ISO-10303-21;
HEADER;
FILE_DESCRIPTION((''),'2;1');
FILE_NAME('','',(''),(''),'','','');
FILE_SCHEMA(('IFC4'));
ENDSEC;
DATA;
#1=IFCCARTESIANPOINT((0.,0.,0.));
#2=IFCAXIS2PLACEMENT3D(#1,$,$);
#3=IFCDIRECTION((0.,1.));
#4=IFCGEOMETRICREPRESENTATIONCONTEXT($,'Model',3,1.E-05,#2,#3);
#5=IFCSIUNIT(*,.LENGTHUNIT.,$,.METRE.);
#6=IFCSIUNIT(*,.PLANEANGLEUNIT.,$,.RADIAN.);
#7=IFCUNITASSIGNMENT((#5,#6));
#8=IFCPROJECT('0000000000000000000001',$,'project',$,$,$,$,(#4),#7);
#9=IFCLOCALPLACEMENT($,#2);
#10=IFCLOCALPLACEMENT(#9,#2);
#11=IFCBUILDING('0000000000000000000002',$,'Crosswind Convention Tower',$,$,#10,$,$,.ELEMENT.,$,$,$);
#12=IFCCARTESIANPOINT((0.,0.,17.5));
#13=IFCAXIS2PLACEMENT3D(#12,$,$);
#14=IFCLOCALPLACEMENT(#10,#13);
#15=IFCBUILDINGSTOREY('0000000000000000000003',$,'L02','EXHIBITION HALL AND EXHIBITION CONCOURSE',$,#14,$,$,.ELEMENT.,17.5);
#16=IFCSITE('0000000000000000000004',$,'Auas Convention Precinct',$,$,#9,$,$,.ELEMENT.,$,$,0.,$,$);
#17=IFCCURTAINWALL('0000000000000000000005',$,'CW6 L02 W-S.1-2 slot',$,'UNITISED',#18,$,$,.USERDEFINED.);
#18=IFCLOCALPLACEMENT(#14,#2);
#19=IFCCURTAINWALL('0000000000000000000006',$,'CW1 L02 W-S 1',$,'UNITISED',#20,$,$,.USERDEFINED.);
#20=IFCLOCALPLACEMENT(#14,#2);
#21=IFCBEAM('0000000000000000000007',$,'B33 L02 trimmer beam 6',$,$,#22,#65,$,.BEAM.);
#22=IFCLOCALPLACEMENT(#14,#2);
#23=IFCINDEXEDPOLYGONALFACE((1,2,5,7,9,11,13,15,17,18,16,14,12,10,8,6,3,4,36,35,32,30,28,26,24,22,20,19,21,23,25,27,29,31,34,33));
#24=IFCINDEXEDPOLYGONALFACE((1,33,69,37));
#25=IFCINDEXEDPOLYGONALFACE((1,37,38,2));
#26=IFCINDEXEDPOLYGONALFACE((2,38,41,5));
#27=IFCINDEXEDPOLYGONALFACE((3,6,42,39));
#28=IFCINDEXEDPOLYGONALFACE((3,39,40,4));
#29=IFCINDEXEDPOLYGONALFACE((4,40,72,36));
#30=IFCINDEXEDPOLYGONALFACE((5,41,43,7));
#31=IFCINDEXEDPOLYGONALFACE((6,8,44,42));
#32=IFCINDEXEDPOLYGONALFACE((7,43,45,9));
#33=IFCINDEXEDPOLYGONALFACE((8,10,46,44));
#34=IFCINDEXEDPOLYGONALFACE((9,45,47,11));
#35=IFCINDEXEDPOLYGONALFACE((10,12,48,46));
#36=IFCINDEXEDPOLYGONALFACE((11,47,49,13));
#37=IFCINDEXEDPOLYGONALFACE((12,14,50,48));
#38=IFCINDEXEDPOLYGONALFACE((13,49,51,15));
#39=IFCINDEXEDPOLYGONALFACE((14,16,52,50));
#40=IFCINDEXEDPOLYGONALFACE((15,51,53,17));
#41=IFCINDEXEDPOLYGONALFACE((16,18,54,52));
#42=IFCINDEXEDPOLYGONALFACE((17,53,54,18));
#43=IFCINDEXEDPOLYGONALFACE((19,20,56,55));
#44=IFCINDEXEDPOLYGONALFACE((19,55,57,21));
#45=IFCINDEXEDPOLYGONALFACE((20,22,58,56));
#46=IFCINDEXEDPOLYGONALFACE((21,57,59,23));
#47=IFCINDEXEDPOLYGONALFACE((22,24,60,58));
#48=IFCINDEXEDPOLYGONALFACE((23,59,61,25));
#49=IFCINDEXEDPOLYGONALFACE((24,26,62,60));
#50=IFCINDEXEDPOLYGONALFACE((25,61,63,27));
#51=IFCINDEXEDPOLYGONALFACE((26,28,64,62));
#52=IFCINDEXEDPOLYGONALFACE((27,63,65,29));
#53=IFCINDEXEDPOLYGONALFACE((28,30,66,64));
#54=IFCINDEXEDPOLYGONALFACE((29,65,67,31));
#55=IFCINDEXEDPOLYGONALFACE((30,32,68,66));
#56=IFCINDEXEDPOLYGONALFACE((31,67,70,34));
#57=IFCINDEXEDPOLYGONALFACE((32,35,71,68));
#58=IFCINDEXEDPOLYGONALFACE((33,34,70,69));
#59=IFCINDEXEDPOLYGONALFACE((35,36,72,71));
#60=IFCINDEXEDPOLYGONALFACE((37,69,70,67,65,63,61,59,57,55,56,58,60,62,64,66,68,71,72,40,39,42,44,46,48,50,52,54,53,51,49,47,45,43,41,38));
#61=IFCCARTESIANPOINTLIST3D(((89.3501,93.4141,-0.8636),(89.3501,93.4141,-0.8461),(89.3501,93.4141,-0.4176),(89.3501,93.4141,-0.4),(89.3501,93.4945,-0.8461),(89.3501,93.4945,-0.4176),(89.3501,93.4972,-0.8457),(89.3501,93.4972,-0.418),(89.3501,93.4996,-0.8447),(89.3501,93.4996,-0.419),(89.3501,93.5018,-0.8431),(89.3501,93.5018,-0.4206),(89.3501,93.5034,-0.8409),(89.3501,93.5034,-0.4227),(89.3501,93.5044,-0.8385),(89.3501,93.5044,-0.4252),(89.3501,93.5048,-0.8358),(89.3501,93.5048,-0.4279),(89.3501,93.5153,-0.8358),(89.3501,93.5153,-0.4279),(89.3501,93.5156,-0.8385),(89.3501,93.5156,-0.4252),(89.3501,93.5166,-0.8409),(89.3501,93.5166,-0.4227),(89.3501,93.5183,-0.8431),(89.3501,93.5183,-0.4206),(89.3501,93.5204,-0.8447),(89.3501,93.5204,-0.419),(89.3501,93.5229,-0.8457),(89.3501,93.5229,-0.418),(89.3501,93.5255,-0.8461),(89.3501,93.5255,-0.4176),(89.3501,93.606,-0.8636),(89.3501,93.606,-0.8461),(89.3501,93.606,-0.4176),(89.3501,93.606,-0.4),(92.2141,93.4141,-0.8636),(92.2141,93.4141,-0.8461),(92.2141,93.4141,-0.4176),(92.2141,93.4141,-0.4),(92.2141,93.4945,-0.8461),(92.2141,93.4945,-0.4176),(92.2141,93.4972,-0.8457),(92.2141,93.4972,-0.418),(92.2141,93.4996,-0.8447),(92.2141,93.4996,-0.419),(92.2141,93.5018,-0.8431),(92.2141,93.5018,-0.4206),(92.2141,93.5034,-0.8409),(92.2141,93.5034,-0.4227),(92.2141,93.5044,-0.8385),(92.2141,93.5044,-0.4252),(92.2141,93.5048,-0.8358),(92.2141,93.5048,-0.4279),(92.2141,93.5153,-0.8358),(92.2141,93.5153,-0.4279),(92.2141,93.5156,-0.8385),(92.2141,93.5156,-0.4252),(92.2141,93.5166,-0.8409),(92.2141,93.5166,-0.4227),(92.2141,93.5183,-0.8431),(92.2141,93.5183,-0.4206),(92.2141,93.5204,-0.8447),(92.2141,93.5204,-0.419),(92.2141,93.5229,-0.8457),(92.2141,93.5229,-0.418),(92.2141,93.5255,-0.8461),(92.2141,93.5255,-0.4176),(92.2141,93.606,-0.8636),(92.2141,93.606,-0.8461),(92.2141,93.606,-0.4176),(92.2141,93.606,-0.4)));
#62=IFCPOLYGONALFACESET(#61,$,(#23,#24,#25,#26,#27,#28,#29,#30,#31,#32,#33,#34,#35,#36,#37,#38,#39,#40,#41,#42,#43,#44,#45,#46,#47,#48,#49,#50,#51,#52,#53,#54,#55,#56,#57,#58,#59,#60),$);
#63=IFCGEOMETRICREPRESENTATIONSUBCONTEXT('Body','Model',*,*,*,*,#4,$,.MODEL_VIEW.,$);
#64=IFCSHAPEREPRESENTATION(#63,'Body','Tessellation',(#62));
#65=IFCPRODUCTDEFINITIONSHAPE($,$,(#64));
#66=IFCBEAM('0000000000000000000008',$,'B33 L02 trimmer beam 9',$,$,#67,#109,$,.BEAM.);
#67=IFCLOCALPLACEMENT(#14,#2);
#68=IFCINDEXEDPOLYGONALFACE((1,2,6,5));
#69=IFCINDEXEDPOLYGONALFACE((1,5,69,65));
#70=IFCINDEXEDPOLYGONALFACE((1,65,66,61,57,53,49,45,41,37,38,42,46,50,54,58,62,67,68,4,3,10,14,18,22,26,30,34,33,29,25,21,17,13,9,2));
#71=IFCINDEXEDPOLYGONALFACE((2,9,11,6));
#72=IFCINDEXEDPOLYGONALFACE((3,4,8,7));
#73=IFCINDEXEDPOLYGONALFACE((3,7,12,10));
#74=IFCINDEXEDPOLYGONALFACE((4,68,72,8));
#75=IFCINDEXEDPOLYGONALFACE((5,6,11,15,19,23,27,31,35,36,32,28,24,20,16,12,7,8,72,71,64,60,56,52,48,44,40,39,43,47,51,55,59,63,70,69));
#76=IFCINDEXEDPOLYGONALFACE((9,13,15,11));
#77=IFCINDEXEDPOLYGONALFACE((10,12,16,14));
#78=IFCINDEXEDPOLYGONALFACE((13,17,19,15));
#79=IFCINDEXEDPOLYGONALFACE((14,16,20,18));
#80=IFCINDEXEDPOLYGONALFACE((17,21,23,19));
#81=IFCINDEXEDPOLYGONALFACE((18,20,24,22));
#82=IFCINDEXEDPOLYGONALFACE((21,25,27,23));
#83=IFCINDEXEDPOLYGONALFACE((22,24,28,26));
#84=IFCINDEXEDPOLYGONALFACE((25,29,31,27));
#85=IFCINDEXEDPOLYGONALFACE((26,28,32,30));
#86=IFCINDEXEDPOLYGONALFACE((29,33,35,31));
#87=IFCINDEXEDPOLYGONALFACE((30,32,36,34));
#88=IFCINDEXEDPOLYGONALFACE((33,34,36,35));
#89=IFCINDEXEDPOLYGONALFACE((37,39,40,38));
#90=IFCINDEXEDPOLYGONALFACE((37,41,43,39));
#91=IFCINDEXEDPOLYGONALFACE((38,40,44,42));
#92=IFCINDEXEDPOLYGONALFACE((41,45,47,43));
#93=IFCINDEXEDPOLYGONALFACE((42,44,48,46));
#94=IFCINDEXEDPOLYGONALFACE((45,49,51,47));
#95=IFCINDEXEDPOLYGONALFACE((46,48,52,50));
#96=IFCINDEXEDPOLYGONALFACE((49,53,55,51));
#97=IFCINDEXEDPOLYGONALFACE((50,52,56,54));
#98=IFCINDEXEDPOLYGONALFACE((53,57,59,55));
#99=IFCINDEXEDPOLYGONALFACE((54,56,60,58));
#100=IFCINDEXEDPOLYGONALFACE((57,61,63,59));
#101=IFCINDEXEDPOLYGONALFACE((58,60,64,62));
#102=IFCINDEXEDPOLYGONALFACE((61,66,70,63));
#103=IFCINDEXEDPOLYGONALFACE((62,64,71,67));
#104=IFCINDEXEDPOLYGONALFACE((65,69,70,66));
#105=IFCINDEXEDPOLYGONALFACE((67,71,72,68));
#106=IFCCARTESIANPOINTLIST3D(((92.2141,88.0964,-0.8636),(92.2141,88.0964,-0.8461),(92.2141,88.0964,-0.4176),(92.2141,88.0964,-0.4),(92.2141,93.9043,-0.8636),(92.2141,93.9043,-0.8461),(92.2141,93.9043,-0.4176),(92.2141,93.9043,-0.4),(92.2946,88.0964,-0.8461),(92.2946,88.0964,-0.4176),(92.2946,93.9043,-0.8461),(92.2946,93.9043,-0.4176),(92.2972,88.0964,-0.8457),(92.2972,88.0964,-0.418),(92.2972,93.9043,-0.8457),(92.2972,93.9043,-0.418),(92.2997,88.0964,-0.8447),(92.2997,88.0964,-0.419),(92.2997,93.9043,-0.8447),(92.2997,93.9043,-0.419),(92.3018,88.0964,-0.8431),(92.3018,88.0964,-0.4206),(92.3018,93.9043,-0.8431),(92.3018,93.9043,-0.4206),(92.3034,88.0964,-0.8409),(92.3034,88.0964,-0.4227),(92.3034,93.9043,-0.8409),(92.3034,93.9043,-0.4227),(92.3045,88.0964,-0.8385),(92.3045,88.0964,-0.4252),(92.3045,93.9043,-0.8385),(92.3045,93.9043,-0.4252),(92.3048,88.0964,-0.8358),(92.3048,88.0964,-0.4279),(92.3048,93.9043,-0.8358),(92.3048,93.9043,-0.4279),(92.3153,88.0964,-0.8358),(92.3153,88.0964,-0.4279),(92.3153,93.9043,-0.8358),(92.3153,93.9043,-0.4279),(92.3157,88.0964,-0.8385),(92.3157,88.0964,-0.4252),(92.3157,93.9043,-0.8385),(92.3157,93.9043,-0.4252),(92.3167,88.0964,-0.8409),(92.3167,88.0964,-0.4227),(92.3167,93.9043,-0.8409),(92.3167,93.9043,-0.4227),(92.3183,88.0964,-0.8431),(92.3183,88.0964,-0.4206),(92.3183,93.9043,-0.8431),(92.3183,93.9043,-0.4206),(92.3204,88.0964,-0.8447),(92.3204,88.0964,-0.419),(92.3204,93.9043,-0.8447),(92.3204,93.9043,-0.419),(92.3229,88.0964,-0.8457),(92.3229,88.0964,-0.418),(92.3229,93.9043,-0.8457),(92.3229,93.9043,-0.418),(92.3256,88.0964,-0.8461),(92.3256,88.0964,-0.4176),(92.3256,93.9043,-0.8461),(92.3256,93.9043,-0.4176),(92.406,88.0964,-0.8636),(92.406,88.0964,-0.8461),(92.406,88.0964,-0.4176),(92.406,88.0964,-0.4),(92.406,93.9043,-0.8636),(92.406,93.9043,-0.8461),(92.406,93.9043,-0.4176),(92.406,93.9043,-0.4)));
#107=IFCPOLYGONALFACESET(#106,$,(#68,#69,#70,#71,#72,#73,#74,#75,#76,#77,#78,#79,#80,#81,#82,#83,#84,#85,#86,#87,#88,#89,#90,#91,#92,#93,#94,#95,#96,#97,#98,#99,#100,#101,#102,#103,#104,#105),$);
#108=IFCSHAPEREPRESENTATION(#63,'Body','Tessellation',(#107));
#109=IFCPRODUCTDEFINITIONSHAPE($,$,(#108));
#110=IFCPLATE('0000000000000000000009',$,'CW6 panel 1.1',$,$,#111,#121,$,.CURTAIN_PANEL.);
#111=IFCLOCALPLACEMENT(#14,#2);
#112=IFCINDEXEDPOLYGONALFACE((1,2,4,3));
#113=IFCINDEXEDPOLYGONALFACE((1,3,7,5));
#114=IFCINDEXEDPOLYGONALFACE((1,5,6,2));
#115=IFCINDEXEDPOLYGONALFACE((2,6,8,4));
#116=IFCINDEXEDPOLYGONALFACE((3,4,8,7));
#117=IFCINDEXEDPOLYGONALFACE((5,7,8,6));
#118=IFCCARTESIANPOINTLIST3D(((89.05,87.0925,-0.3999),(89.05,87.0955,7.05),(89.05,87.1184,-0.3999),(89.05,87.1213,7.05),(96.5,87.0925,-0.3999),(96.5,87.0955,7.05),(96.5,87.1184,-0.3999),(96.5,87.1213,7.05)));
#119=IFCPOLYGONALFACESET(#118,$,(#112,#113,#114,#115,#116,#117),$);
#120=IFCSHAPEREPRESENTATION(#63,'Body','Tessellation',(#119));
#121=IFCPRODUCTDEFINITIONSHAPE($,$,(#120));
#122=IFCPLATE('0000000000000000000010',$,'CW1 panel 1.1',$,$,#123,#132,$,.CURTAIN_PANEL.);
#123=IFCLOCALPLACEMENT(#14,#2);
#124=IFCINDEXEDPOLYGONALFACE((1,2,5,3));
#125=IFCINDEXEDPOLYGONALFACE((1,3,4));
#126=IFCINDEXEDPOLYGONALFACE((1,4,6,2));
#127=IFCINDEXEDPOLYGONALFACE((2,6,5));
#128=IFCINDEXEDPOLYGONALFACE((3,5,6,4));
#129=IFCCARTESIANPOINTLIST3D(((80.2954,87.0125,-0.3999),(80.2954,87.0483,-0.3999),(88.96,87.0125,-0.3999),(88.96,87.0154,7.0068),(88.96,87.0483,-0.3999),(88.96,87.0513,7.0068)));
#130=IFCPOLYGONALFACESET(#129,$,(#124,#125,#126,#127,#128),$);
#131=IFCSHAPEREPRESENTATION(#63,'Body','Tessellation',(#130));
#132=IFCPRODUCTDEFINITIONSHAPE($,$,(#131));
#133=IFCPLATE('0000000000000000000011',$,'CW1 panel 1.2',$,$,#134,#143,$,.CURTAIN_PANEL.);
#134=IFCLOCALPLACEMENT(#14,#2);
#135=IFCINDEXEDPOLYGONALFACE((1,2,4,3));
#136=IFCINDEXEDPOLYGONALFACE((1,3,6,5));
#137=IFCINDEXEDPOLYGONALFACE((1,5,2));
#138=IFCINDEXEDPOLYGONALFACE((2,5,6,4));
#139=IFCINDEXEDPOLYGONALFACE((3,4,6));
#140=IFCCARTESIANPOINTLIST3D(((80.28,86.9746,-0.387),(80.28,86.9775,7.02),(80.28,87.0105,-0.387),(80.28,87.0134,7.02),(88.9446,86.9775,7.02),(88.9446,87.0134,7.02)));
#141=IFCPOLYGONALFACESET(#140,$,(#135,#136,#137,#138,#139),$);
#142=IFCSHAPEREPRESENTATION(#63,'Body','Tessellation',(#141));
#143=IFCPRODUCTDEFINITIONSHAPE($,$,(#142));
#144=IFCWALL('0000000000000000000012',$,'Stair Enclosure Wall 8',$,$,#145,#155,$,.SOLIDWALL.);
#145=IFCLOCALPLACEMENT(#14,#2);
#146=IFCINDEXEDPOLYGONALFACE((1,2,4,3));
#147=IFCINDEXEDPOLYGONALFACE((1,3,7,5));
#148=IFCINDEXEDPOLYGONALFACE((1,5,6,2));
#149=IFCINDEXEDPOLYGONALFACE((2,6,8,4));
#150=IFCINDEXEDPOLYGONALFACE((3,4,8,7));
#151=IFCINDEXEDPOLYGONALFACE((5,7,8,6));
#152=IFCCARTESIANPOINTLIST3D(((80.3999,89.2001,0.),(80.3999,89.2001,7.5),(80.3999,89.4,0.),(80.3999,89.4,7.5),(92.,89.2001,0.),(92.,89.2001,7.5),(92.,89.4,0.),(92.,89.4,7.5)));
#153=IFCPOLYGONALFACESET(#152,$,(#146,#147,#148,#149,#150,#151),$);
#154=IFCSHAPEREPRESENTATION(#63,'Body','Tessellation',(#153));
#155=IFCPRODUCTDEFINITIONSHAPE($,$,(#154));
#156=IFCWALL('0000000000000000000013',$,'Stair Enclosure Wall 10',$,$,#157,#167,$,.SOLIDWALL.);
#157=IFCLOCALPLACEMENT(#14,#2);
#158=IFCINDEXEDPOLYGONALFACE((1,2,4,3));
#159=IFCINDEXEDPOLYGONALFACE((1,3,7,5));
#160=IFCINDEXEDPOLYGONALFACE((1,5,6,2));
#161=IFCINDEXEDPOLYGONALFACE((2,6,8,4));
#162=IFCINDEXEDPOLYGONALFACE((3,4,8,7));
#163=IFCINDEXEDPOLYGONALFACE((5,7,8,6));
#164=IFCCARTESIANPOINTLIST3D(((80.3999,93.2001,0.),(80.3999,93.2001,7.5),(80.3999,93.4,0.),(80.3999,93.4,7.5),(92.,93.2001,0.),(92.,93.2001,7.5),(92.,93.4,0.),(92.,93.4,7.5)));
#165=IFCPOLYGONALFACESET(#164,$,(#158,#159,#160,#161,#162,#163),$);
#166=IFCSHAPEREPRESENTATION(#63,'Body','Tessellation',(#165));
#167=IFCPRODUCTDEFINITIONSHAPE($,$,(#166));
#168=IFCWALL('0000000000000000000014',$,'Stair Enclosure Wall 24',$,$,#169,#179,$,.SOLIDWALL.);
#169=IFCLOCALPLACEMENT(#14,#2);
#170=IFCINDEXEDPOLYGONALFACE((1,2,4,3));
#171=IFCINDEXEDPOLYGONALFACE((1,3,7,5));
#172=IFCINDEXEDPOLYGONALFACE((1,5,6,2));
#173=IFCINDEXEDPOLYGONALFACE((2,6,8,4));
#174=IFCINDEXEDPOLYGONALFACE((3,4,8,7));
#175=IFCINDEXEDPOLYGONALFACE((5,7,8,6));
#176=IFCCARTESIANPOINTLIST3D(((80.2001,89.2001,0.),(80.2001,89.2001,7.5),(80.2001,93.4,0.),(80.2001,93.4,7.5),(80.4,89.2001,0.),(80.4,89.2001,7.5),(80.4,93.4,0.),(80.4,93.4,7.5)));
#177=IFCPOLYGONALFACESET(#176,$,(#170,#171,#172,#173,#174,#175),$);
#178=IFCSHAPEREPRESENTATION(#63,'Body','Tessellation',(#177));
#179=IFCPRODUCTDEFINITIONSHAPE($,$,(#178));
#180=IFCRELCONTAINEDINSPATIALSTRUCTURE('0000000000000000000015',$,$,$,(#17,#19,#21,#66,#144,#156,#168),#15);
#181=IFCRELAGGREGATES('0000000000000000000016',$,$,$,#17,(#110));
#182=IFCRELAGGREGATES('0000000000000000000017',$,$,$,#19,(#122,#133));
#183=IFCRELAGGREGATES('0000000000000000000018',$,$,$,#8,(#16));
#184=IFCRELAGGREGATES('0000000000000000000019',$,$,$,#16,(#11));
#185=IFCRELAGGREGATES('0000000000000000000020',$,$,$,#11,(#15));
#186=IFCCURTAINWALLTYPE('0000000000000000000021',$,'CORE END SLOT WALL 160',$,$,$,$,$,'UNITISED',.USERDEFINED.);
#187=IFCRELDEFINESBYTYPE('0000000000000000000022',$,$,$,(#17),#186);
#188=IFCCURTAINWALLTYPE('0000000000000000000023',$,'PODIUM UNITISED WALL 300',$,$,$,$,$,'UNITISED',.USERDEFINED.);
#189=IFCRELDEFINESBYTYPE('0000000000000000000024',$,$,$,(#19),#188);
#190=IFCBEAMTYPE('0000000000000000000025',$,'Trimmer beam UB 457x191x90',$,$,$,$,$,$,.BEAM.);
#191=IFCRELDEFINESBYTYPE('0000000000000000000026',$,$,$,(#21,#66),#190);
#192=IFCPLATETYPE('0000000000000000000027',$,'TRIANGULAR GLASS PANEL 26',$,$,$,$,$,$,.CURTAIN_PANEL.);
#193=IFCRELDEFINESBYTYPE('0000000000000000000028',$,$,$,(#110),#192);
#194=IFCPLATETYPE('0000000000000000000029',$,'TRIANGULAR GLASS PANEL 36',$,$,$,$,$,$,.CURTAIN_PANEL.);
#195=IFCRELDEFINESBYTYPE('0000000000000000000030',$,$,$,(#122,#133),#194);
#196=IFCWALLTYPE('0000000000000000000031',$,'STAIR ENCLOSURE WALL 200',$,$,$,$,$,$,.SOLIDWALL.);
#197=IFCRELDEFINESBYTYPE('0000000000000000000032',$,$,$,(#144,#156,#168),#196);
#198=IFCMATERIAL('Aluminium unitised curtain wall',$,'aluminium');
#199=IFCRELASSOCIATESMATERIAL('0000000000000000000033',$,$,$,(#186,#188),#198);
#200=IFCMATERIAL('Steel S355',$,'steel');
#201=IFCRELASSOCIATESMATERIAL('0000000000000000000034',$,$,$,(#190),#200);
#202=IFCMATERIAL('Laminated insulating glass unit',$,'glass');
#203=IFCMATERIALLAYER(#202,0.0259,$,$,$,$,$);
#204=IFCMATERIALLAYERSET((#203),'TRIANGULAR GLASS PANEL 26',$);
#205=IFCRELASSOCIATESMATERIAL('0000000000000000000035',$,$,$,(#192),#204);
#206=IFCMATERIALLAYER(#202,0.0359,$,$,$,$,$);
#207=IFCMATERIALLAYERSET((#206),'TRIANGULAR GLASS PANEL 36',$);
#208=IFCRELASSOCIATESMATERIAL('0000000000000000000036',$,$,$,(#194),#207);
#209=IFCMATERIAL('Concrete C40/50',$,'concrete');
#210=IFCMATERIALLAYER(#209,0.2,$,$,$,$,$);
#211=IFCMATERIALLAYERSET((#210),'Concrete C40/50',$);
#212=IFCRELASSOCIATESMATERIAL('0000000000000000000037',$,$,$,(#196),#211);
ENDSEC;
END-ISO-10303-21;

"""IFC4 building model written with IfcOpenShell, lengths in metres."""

from ifc_helpers import new_model, si_unit, direction, frame, frame_2d, origin, origin_2d, place, context, subcontext, project, spatial, polyline, rectangle, i_section, outline, extrude, material, layer, layer_set, material_profile, profile_set, type_object, element, aggregate, save


model = new_model("IFC4")

# Units and contexts
model_context = context("Model", 3, precision=1e-05, world=origin(), true_north=direction((0.0, 1.0)))
body_context = subcontext(model_context, "Body", "Model", "MODEL_VIEW")
ifc_project = project(units=[si_unit("LENGTHUNIT", "METRE"), si_unit("PLANEANGLEUNIT", "RADIAN")], contexts=[model_context])

# Site, building, storey
site_placement = place(None, origin())
site = spatial("IfcSite", under=ifc_project, at=site_placement, Name="Auas Convention Precinct", CompositionType="ELEMENT", RefElevation=0.0)
building_placement = place(site_placement, origin())
building = spatial("IfcBuilding", under=site, at=building_placement, Name="Crosswind Convention Tower", CompositionType="ELEMENT")
storey_placement = place(building_placement, frame((0.0, 0.0, 17.5)))
storey = spatial("IfcBuildingStorey", under=building, at=storey_placement, Name="L02", Description="EXHIBITION HALL AND EXHIBITION CONCOURSE", CompositionType="ELEMENT", Elevation=17.5)

# Shared definitions
ifc_material_1 = material(Name="Steel S355", Category="steel")

# Curtain wall
ifc_material_2 = material(Name="Aluminium unitised curtain wall", Category="aluminium")
curtain_wall_type_1 = type_object("IfcCurtainWallType", Name="CORE END SLOT WALL 160", ElementType="UNITISED", PredefinedType="USERDEFINED", material=ifc_material_2)
curtain_wall_1_placement = place(storey_placement, origin())
curtain_wall_1 = element("IfcCurtainWall", 1, at=curtain_wall_1_placement, inside=storey, type_object=curtain_wall_type_1, Name="CW6 L02 W-S.1-2 slot", ObjectType="UNITISED", PredefinedType="USERDEFINED")

# Curtain wall
curtain_wall_type_2 = type_object("IfcCurtainWallType", Name="PODIUM UNITISED WALL 300", ElementType="UNITISED", PredefinedType="USERDEFINED", material=ifc_material_2)
curtain_wall_2_placement = place(storey_placement, origin())
curtain_wall_2 = element("IfcCurtainWall", 2, at=curtain_wall_2_placement, inside=storey, type_object=curtain_wall_type_2, Name="CW1 L02 W-S 1", ObjectType="UNITISED", PredefinedType="USERDEFINED")

# Beams
ifc_material_profile_1 = material_profile(ifc_material_1, i_section(OverallWidth=0.1919, OverallDepth=0.4636, WebThickness=0.0105, FlangeThickness=0.0176, FilletRadius=0.0103, at=origin_2d()), Name="UB 457x191x90")
ifc_profile_set_1 = profile_set([ifc_material_profile_1], Name="Steel S355")
beam_type_1 = type_object("IfcBeamType", Name="Trimmer beam UB 457x191x90", PredefinedType="BEAM", material=ifc_profile_set_1)
beam_1_placement = place(storey_placement, frame((92.2141, 93.51, -0.6318), z_axis=(-1.0, 0.0, 0.0), x_axis=(0.0, -1.0, 0.0)))
element("IfcBeam", 3, at=beam_1_placement, inside=storey, type_object=beam_type_1, Name="B33 L02 trimmer beam 6", PredefinedType="BEAM", context=body_context, shape_type="SweptSolid", body=[
    extrude(i_section(OverallWidth=0.1919, OverallDepth=0.4636, WebThickness=0.0105, FlangeThickness=0.0176, FilletRadius=0.0103, at=origin_2d()), origin(), (0.0, 0.0, 1.0), 2.864),
])
beam_2_placement = place(storey_placement, frame((92.3101, 88.0964, -0.6318), z_axis=(0.0, 1.0, 0.0), x_axis=(-1.0, 0.0, 0.0)))
element("IfcBeam", 4, at=beam_2_placement, inside=storey, type_object=beam_type_1, Name="B33 L02 trimmer beam 9", PredefinedType="BEAM", context=body_context, shape_type="SweptSolid", body=[
    extrude(i_section(OverallWidth=0.1919, OverallDepth=0.4636, WebThickness=0.0105, FlangeThickness=0.0176, FilletRadius=0.0103, at=origin_2d()), origin(), (0.0, 0.0, 1.0), 5.8079),
])

# Plates
ifc_material_3 = material(Name="Laminated insulating glass unit", Category="glass")
ifc_layer_1 = layer(ifc_material_3, 0.0259)
ifc_layer_set_1 = layer_set([ifc_layer_1], Name="TRIANGULAR GLASS PANEL 26")
plate_type_1 = type_object("IfcPlateType", Name="TRIANGULAR GLASS PANEL 26", PredefinedType="CURTAIN_PANEL", material=ifc_layer_set_1)
plate_1_placement = place(storey_placement, frame((89.05, 87.0925, -0.3999), z_axis=(0.0, -1.0, 0.000393), x_axis=(1.0, 0.0, 0.0)))
plate_1 = element("IfcPlate", 5, at=plate_1_placement, type_object=plate_type_1, Name="CW6 panel 1.1", PredefinedType="CURTAIN_PANEL", context=body_context, shape_type="SweptSolid", body=[
    extrude(outline(polyline([(0.0, 0.0), (7.45, 0.0), (7.45, 7.45), (0.0, 7.45), (0.0, 0.0)])), origin(), (0.0, 0.0, -1.0), 0.0259),
])
aggregate(curtain_wall_1, [plate_1])
ifc_layer_2 = layer(ifc_material_3, 0.0359)
ifc_layer_set_2 = layer_set([ifc_layer_2], Name="TRIANGULAR GLASS PANEL 36")
plate_type_2 = type_object("IfcPlateType", Name="TRIANGULAR GLASS PANEL 36", PredefinedType="CURTAIN_PANEL", material=ifc_layer_set_2)
plate_2_placement = place(storey_placement, frame((88.96, 87.0125, -0.3999), z_axis=(0.0, -1.0, 0.000396), x_axis=(0.0, 0.000396, 1.0)))
plate_2 = element("IfcPlate", 6, at=plate_2_placement, type_object=plate_type_2, Name="CW1 panel 1.1", PredefinedType="CURTAIN_PANEL", context=body_context, shape_type="SweptSolid", body=[
    extrude(outline(polyline([(0.0, 0.0), (7.4067, 0.0), (0.0, 8.6646), (0.0, 0.0)])), origin(), (0.0, 0.0, -1.0), 0.0359),
])
plate_3_placement = place(storey_placement, frame((80.28, 86.9775, 7.02), z_axis=(0.0, -1.0, 0.000396), x_axis=(0.0, -0.000396, -1.0)))
plate_3 = element("IfcPlate", 7, at=plate_3_placement, type_object=plate_type_2, Name="CW1 panel 1.2", PredefinedType="CURTAIN_PANEL", context=body_context, shape_type="SweptSolid", body=[
    extrude(outline(polyline([(0.0, 0.0), (7.407, 0.0), (0.0, 8.6646), (0.0, 0.0)])), origin(), (0.0, 0.0, -1.0), 0.0359),
])
aggregate(curtain_wall_2, [plate_2, plate_3])

# Walls
ifc_material_4 = material(Name="Concrete C40/50", Category="concrete")
ifc_layer_3 = layer(ifc_material_4, 0.2)
ifc_layer_set_3 = layer_set([ifc_layer_3], Name="Concrete C40/50")
wall_type_1 = type_object("IfcWallType", Name="STAIR ENCLOSURE WALL 200", PredefinedType="SOLIDWALL", material=ifc_layer_set_3)
for number, where, z_axis, x_axis, name in (
    (8, (80.3999, 89.3, 0.0), (0.0, 0.0, 1.0), (1.0, 0.0, 0.0), "Stair Enclosure Wall 8"),
    (9, (80.3999, 93.3, 0.0), (0.0, 0.0, 1.0), (1.0, 0.0, 0.0), "Stair Enclosure Wall 10"),
):
    element("IfcWall", number, at=place(storey_placement, frame(where, z_axis=z_axis, x_axis=x_axis)), inside=storey, type_object=wall_type_1, Name=name, PredefinedType="SOLIDWALL", context=body_context, shape_type="SweptSolid", body=[
        extrude(rectangle(XDim=11.6001, YDim=0.2, at=frame_2d((5.8, 0.0))), origin(), (0.0, 0.0, 1.0), 7.5),
    ])
wall_1_placement = place(storey_placement, frame((80.3, 89.2, 0.0), z_axis=(0.0, 0.0, 1.0), x_axis=(0.0, 1.0, 0.0)))
element("IfcWall", 10, at=wall_1_placement, inside=storey, type_object=wall_type_1, Name="Stair Enclosure Wall 24", PredefinedType="SOLIDWALL", context=body_context, shape_type="SweptSolid", body=[
    extrude(rectangle(XDim=4.2, YDim=0.2, at=frame_2d((2.1001, 0.0))), origin(), (0.0, 0.0, 1.0), 7.5),
])

save(model, "model.ifc")
